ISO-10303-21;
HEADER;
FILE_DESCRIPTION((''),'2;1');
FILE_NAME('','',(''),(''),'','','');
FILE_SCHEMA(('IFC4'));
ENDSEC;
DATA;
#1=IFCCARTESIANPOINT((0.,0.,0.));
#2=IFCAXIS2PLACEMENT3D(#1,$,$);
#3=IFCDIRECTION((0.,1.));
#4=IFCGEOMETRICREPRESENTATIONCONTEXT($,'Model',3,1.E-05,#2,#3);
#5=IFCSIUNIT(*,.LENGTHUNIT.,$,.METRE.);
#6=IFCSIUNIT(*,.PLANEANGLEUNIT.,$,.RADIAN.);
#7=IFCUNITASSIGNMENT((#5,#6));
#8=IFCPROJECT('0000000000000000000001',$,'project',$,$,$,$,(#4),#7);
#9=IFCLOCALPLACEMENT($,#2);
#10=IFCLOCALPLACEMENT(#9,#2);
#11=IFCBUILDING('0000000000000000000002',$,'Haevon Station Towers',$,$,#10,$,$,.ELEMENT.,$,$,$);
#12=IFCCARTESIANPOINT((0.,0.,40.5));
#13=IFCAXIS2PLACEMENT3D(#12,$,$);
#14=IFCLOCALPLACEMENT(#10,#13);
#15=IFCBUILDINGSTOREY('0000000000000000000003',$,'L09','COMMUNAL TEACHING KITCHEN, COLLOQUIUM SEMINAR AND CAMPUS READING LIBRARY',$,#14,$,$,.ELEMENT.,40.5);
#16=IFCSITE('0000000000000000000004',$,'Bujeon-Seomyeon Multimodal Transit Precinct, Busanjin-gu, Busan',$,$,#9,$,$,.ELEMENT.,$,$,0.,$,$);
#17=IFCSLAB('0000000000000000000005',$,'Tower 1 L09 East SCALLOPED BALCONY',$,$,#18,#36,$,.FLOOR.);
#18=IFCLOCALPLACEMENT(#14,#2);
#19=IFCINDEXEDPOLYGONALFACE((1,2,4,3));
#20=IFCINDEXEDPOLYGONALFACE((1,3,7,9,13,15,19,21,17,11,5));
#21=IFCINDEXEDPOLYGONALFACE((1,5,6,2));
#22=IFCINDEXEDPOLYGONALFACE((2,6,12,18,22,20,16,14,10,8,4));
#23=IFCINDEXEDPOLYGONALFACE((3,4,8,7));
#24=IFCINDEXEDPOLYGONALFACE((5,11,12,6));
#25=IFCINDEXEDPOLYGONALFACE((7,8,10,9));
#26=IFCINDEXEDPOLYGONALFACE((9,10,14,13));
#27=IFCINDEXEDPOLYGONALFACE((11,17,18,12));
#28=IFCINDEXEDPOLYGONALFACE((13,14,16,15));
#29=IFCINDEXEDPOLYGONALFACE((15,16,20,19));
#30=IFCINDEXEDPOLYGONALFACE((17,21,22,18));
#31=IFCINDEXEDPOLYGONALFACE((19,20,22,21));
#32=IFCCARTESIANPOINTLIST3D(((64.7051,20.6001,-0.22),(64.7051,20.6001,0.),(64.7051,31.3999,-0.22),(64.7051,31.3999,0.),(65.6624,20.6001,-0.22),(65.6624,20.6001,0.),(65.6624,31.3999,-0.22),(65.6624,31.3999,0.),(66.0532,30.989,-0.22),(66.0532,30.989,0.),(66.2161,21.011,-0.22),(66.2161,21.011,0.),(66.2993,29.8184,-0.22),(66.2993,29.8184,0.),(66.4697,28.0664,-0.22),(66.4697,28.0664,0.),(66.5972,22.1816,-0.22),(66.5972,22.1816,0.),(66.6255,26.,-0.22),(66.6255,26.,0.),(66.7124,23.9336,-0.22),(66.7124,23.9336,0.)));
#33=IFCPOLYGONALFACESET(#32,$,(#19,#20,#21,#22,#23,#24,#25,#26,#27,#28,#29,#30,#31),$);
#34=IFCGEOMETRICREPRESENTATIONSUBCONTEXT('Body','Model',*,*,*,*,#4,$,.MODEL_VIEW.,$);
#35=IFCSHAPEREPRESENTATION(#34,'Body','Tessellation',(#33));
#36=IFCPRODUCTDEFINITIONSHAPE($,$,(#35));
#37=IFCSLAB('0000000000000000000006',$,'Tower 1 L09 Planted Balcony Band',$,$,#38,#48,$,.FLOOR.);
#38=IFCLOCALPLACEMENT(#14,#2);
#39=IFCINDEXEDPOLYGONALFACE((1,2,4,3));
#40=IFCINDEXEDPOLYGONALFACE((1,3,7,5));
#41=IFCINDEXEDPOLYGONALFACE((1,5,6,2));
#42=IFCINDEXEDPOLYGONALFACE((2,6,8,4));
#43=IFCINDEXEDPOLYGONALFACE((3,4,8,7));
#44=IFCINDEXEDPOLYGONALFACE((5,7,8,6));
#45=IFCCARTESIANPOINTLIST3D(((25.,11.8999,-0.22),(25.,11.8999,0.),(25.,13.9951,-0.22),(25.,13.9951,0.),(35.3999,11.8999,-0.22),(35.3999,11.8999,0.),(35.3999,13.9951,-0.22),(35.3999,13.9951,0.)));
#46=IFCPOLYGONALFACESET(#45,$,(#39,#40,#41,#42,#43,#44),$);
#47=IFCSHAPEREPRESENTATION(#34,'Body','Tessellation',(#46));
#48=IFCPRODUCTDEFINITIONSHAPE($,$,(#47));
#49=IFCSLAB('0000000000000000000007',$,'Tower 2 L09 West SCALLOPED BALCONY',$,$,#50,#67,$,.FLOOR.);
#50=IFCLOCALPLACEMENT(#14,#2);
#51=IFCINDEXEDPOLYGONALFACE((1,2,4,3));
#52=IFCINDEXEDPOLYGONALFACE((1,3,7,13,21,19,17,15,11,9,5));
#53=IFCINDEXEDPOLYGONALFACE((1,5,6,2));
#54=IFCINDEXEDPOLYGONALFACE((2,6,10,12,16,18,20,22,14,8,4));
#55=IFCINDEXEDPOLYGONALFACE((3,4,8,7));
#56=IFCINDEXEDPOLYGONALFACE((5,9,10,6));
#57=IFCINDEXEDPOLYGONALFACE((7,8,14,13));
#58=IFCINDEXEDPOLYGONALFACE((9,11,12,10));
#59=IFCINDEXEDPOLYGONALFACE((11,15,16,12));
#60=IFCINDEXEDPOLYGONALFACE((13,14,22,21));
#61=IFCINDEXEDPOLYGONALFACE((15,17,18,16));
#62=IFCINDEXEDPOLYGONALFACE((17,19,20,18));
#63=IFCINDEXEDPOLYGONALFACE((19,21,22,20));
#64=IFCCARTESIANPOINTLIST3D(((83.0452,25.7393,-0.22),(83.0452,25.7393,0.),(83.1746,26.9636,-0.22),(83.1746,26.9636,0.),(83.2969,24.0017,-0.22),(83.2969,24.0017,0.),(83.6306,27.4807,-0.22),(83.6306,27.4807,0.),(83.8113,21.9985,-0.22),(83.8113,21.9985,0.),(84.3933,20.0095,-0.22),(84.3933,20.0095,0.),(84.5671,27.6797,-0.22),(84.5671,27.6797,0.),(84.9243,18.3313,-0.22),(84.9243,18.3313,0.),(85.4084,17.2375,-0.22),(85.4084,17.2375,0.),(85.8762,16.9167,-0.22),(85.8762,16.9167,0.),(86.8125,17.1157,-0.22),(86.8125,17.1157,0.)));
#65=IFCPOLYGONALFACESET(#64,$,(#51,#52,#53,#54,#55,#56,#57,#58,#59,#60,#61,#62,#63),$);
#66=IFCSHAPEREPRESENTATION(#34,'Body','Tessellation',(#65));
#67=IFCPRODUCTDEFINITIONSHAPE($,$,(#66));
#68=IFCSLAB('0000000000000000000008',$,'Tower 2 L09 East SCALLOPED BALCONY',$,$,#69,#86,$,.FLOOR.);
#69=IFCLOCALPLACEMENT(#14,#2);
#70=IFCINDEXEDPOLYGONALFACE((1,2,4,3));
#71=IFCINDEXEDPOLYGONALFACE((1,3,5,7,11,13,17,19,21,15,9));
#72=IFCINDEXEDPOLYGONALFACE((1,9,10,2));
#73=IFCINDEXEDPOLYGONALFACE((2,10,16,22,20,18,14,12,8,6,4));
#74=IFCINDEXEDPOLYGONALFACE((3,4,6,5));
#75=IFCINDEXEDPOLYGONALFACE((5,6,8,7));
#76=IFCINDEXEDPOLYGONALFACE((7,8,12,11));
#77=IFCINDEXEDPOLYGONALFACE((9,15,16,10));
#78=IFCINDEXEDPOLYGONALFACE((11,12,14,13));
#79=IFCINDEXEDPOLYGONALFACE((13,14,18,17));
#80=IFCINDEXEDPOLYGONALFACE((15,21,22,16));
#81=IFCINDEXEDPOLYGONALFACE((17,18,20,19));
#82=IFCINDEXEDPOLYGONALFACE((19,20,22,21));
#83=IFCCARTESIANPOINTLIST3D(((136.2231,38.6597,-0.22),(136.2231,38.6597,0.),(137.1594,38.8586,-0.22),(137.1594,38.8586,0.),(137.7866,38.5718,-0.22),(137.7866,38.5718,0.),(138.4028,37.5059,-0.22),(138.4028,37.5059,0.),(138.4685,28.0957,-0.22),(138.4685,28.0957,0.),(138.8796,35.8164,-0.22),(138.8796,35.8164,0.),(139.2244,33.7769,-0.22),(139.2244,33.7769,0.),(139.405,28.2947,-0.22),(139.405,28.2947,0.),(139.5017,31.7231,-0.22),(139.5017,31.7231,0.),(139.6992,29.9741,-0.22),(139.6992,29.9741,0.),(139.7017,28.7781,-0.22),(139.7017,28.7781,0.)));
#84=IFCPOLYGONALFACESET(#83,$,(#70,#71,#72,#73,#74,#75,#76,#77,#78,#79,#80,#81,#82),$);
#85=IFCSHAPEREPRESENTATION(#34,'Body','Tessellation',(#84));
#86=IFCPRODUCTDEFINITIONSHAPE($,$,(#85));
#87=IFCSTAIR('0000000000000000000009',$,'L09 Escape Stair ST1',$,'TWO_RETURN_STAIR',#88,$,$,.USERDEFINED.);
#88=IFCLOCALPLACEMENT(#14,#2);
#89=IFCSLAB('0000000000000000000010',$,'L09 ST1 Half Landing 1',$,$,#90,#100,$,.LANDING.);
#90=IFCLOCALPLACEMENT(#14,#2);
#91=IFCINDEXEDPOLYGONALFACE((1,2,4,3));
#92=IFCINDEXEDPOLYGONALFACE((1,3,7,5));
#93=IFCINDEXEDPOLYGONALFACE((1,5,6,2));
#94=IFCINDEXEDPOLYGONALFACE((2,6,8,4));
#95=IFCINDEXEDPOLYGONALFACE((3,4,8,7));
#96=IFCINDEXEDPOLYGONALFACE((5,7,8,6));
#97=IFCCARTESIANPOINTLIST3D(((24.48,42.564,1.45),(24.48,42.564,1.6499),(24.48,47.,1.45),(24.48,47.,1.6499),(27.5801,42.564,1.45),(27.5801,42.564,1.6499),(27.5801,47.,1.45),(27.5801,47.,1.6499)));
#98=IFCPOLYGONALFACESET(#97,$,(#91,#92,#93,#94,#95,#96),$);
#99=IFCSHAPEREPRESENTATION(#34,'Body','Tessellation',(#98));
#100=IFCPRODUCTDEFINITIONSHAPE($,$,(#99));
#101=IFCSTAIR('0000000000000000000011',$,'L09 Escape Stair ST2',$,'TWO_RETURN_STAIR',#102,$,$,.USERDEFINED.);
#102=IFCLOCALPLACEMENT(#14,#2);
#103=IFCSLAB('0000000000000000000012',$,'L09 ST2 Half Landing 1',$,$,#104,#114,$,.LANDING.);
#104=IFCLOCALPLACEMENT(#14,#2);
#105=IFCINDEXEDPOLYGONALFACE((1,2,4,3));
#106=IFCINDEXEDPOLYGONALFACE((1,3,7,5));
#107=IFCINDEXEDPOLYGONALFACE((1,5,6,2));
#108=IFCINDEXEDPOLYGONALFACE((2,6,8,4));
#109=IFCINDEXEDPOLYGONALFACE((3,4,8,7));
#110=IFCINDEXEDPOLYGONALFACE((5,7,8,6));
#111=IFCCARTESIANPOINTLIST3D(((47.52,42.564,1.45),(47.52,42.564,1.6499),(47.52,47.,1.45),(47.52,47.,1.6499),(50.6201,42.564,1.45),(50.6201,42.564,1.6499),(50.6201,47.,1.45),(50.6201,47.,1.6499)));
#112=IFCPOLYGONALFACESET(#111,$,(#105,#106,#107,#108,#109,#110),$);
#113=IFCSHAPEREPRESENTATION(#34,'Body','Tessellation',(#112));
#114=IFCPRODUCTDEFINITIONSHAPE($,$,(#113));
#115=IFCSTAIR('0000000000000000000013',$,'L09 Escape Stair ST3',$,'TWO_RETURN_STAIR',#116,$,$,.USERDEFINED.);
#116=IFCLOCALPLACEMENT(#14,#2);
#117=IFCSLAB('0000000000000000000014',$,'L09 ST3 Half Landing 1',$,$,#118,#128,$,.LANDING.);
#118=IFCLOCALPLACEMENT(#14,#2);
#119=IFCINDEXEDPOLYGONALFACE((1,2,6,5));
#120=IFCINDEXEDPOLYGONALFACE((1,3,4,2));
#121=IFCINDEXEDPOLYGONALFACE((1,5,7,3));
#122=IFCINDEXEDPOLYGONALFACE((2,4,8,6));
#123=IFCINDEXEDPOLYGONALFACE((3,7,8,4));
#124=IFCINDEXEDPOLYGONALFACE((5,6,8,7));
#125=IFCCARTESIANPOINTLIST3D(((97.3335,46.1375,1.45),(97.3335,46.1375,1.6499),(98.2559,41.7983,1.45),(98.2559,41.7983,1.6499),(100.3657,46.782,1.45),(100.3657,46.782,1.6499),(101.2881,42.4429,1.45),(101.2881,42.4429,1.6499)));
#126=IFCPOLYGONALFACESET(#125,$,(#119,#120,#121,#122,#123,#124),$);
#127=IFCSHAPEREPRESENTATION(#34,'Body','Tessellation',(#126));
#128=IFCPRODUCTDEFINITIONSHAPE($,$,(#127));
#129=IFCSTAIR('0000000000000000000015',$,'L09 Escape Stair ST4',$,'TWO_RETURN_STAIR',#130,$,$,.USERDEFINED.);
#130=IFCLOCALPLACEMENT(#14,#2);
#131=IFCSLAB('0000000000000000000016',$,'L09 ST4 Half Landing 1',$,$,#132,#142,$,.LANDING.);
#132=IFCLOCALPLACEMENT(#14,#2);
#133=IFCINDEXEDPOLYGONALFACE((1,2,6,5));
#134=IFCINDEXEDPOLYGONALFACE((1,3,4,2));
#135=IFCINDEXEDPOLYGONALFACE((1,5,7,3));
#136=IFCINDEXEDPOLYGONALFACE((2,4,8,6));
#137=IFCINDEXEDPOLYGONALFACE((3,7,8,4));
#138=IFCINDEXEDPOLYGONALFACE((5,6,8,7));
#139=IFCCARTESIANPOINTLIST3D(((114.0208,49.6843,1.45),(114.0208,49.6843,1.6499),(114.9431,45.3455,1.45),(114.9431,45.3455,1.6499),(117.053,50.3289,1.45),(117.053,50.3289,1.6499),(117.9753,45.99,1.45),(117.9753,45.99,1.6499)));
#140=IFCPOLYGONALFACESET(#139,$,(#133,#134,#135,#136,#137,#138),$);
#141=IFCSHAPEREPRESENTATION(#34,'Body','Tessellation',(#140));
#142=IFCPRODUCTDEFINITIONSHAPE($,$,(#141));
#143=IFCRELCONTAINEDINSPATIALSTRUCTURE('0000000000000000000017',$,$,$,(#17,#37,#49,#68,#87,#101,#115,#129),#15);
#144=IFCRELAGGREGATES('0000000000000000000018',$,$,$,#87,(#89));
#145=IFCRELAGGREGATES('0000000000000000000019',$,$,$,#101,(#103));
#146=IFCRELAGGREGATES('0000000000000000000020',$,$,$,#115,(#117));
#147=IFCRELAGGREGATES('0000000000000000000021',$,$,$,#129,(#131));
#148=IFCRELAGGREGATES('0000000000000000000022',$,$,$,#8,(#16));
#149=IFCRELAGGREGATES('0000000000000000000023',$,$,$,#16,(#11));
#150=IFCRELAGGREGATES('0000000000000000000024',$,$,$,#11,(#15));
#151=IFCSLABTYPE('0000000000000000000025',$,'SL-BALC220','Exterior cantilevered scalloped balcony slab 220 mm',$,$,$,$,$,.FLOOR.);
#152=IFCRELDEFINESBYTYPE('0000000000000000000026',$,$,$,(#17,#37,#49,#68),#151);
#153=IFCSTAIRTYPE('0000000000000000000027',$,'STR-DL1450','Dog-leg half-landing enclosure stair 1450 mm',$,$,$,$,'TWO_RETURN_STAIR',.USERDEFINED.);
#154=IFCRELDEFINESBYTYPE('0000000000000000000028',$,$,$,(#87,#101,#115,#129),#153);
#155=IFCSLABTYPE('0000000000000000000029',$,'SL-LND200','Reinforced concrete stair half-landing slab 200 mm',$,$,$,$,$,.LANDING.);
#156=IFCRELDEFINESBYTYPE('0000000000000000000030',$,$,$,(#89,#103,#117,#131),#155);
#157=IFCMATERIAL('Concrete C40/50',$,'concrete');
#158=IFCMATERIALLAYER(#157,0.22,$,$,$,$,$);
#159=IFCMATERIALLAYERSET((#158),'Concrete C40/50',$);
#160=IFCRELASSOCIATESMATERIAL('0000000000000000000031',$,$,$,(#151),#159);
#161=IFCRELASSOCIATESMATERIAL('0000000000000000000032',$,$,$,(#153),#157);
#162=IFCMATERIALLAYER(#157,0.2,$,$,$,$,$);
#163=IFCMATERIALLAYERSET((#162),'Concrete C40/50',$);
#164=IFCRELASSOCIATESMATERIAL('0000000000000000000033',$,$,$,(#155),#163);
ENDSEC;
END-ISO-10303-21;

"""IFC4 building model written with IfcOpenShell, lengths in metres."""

from ifc_helpers import new_model, si_unit, direction, frame, origin, place, context, subcontext, project, spatial, polyline, outline, extrude, material, layer, layer_set, type_object, element, aggregate, save


model = new_model("IFC4")

# Units and contexts
model_context = context("Model", 3, precision=1e-05, world=origin(), true_north=direction((0.0, 1.0)))
body_context = subcontext(model_context, "Body", "Model", "MODEL_VIEW")
ifc_project = project(units=[si_unit("LENGTHUNIT", "METRE"), si_unit("PLANEANGLEUNIT", "RADIAN")], contexts=[model_context])

# Site, building, storey
site_placement = place(None, origin())
site = spatial("IfcSite", under=ifc_project, at=site_placement, Name="Bujeon-Seomyeon Multimodal Transit Precinct, Busanjin-gu, Busan", CompositionType="ELEMENT", RefElevation=0.0)
building_placement = place(site_placement, origin())
building = spatial("IfcBuilding", under=site, at=building_placement, Name="Haevon Station Towers", CompositionType="ELEMENT")
storey_placement = place(building_placement, frame((0.0, 0.0, 40.5)))
storey = spatial("IfcBuildingStorey", under=building, at=storey_placement, Name="L09", Description="COMMUNAL TEACHING KITCHEN, COLLOQUIUM SEMINAR AND CAMPUS READING LIBRARY", CompositionType="ELEMENT", Elevation=40.5)

# Slabs
ifc_material_1 = material(Name="Concrete C40/50", Category="concrete")
ifc_layer_1 = layer(ifc_material_1, 0.22)
ifc_layer_set_1 = layer_set([ifc_layer_1], Name="Concrete C40/50")
slab_type_1 = type_object("IfcSlabType", Name="SL-BALC220", Description="Exterior cantilevered scalloped balcony slab 220 mm", PredefinedType="FLOOR", material=ifc_layer_set_1)
slab_1_placement = place(storey_placement, frame((0.0, 0.0, -0.22)))
element("IfcSlab", 1, at=slab_1_placement, inside=storey, type_object=slab_type_1, Name="Tower 1 L09 East SCALLOPED BALCONY", PredefinedType="FLOOR", context=body_context, shape_type="SweptSolid", body=[
    extrude(outline(polyline([(64.7051, 20.6001), (65.6624, 20.6001), (66.2161, 21.011), (66.5972, 22.1816), (66.7124, 23.9336), (66.6255, 26.0), (66.4697, 28.0664), (66.2993, 29.8184), (66.0532, 30.989), (65.6624, 31.3999), (64.7051, 31.3999), (64.7051, 20.6001)])), origin(), (0.0, 0.0, 1.0), 0.22),
])
slab_2_placement = place(storey_placement, frame((0.0, 0.0, -0.22)))
element("IfcSlab", 2, at=slab_2_placement, inside=storey, type_object=slab_type_1, Name="Tower 1 L09 Planted Balcony Band", PredefinedType="FLOOR", context=body_context, shape_type="SweptSolid", body=[
    extrude(outline(polyline([(25.0, 11.8999), (35.3999, 11.8999), (35.3999, 13.9951), (25.0, 13.9951), (25.0, 11.8999)])), origin(), (0.0, 0.0, 1.0), 0.22),
])
slab_3_placement = place(storey_placement, frame((0.0, 0.0, -0.22)))
element("IfcSlab", 3, at=slab_3_placement, inside=storey, type_object=slab_type_1, Name="Tower 2 L09 West SCALLOPED BALCONY", PredefinedType="FLOOR", context=body_context, shape_type="SweptSolid", body=[
    extrude(outline(polyline([(84.5671, 27.6797), (83.6306, 27.4807), (83.1746, 26.9636), (83.0452, 25.7393), (83.2969, 24.0017), (83.8113, 21.9985), (84.3933, 20.0095), (84.9243, 18.3313), (85.4084, 17.2375), (85.8762, 16.9167), (86.8125, 17.1157), (84.5671, 27.6797)])), origin(), (0.0, 0.0, 1.0), 0.22),
])
slab_4_placement = place(storey_placement, frame((0.0, 0.0, -0.22)))
element("IfcSlab", 4, at=slab_4_placement, inside=storey, type_object=slab_type_1, Name="Tower 2 L09 East SCALLOPED BALCONY", PredefinedType="FLOOR", context=body_context, shape_type="SweptSolid", body=[
    extrude(outline(polyline([(138.4685, 28.0957), (139.405, 28.2947), (139.7017, 28.7781), (139.6992, 29.9741), (139.5017, 31.7231), (139.2244, 33.7769), (138.8796, 35.8164), (138.4028, 37.5059), (137.7866, 38.5718), (137.1594, 38.8586), (136.2231, 38.6597), (138.4685, 28.0957)])), origin(), (0.0, 0.0, 1.0), 0.22),
])

# Stairs, slabs
stair_type = type_object("IfcStairType", Name="STR-DL1450", Description="Dog-leg half-landing enclosure stair 1450 mm", ElementType="TWO_RETURN_STAIR", PredefinedType="USERDEFINED", material=ifc_material_1)
stair_1_placement = place(storey_placement, origin())
stair_1 = element("IfcStair", 5, at=stair_1_placement, inside=storey, type_object=stair_type, Name="L09 Escape Stair ST1", ObjectType="TWO_RETURN_STAIR", PredefinedType="USERDEFINED")
ifc_layer_2 = layer(ifc_material_1, 0.2)
ifc_layer_set_2 = layer_set([ifc_layer_2], Name="Concrete C40/50")
slab_type_2 = type_object("IfcSlabType", Name="SL-LND200", Description="Reinforced concrete stair half-landing slab 200 mm", PredefinedType="LANDING", material=ifc_layer_set_2)
slab_5_placement = place(storey_placement, frame((0.0, 0.0, 1.45)))
slab_5 = element("IfcSlab", 6, at=slab_5_placement, type_object=slab_type_2, Name="L09 ST1 Half Landing 1", PredefinedType="LANDING", context=body_context, shape_type="SweptSolid", body=[
    extrude(outline(polyline([(27.5801, 42.564), (27.5801, 47.0), (24.48, 47.0), (24.48, 42.564), (27.5801, 42.564)])), origin(), (0.0, 0.0, 1.0), 0.2),
])
aggregate(stair_1, [slab_5])
stair_2_placement = place(storey_placement, origin())
stair_2 = element("IfcStair", 7, at=stair_2_placement, inside=storey, type_object=stair_type, Name="L09 Escape Stair ST2", ObjectType="TWO_RETURN_STAIR", PredefinedType="USERDEFINED")
slab_6_placement = place(storey_placement, frame((0.0, 0.0, 1.45)))
slab_6 = element("IfcSlab", 8, at=slab_6_placement, type_object=slab_type_2, Name="L09 ST2 Half Landing 1", PredefinedType="LANDING", context=body_context, shape_type="SweptSolid", body=[
    extrude(outline(polyline([(50.6201, 42.564), (50.6201, 47.0), (47.52, 47.0), (47.52, 42.564), (50.6201, 42.564)])), origin(), (0.0, 0.0, 1.0), 0.2),
])
aggregate(stair_2, [slab_6])
stair_3_placement = place(storey_placement, origin())
stair_3 = element("IfcStair", 9, at=stair_3_placement, inside=storey, type_object=stair_type, Name="L09 Escape Stair ST3", ObjectType="TWO_RETURN_STAIR", PredefinedType="USERDEFINED")
slab_7_placement = place(storey_placement, frame((0.0, 0.0, 1.45)))
slab_7 = element("IfcSlab", 10, at=slab_7_placement, type_object=slab_type_2, Name="L09 ST3 Half Landing 1", PredefinedType="LANDING", context=body_context, shape_type="SweptSolid", body=[
    extrude(outline(polyline([(101.2881, 42.4429), (100.3657, 46.782), (97.3335, 46.1375), (98.2559, 41.7983), (101.2881, 42.4429)])), origin(), (0.0, 0.0, 1.0), 0.2),
])
aggregate(stair_3, [slab_7])
stair_4_placement = place(storey_placement, origin())
stair_4 = element("IfcStair", 11, at=stair_4_placement, inside=storey, type_object=stair_type, Name="L09 Escape Stair ST4", ObjectType="TWO_RETURN_STAIR", PredefinedType="USERDEFINED")
slab_8_placement = place(storey_placement, frame((0.0, 0.0, 1.45)))
slab_8 = element("IfcSlab", 12, at=slab_8_placement, type_object=slab_type_2, Name="L09 ST4 Half Landing 1", PredefinedType="LANDING", context=body_context, shape_type="SweptSolid", body=[
    extrude(outline(polyline([(117.9753, 45.99), (117.053, 50.3289), (114.0208, 49.6843), (114.9431, 45.3455), (117.9753, 45.99)])), origin(), (0.0, 0.0, 1.0), 0.2),
])
aggregate(stair_4, [slab_8])

save(model, "model.ifc")
